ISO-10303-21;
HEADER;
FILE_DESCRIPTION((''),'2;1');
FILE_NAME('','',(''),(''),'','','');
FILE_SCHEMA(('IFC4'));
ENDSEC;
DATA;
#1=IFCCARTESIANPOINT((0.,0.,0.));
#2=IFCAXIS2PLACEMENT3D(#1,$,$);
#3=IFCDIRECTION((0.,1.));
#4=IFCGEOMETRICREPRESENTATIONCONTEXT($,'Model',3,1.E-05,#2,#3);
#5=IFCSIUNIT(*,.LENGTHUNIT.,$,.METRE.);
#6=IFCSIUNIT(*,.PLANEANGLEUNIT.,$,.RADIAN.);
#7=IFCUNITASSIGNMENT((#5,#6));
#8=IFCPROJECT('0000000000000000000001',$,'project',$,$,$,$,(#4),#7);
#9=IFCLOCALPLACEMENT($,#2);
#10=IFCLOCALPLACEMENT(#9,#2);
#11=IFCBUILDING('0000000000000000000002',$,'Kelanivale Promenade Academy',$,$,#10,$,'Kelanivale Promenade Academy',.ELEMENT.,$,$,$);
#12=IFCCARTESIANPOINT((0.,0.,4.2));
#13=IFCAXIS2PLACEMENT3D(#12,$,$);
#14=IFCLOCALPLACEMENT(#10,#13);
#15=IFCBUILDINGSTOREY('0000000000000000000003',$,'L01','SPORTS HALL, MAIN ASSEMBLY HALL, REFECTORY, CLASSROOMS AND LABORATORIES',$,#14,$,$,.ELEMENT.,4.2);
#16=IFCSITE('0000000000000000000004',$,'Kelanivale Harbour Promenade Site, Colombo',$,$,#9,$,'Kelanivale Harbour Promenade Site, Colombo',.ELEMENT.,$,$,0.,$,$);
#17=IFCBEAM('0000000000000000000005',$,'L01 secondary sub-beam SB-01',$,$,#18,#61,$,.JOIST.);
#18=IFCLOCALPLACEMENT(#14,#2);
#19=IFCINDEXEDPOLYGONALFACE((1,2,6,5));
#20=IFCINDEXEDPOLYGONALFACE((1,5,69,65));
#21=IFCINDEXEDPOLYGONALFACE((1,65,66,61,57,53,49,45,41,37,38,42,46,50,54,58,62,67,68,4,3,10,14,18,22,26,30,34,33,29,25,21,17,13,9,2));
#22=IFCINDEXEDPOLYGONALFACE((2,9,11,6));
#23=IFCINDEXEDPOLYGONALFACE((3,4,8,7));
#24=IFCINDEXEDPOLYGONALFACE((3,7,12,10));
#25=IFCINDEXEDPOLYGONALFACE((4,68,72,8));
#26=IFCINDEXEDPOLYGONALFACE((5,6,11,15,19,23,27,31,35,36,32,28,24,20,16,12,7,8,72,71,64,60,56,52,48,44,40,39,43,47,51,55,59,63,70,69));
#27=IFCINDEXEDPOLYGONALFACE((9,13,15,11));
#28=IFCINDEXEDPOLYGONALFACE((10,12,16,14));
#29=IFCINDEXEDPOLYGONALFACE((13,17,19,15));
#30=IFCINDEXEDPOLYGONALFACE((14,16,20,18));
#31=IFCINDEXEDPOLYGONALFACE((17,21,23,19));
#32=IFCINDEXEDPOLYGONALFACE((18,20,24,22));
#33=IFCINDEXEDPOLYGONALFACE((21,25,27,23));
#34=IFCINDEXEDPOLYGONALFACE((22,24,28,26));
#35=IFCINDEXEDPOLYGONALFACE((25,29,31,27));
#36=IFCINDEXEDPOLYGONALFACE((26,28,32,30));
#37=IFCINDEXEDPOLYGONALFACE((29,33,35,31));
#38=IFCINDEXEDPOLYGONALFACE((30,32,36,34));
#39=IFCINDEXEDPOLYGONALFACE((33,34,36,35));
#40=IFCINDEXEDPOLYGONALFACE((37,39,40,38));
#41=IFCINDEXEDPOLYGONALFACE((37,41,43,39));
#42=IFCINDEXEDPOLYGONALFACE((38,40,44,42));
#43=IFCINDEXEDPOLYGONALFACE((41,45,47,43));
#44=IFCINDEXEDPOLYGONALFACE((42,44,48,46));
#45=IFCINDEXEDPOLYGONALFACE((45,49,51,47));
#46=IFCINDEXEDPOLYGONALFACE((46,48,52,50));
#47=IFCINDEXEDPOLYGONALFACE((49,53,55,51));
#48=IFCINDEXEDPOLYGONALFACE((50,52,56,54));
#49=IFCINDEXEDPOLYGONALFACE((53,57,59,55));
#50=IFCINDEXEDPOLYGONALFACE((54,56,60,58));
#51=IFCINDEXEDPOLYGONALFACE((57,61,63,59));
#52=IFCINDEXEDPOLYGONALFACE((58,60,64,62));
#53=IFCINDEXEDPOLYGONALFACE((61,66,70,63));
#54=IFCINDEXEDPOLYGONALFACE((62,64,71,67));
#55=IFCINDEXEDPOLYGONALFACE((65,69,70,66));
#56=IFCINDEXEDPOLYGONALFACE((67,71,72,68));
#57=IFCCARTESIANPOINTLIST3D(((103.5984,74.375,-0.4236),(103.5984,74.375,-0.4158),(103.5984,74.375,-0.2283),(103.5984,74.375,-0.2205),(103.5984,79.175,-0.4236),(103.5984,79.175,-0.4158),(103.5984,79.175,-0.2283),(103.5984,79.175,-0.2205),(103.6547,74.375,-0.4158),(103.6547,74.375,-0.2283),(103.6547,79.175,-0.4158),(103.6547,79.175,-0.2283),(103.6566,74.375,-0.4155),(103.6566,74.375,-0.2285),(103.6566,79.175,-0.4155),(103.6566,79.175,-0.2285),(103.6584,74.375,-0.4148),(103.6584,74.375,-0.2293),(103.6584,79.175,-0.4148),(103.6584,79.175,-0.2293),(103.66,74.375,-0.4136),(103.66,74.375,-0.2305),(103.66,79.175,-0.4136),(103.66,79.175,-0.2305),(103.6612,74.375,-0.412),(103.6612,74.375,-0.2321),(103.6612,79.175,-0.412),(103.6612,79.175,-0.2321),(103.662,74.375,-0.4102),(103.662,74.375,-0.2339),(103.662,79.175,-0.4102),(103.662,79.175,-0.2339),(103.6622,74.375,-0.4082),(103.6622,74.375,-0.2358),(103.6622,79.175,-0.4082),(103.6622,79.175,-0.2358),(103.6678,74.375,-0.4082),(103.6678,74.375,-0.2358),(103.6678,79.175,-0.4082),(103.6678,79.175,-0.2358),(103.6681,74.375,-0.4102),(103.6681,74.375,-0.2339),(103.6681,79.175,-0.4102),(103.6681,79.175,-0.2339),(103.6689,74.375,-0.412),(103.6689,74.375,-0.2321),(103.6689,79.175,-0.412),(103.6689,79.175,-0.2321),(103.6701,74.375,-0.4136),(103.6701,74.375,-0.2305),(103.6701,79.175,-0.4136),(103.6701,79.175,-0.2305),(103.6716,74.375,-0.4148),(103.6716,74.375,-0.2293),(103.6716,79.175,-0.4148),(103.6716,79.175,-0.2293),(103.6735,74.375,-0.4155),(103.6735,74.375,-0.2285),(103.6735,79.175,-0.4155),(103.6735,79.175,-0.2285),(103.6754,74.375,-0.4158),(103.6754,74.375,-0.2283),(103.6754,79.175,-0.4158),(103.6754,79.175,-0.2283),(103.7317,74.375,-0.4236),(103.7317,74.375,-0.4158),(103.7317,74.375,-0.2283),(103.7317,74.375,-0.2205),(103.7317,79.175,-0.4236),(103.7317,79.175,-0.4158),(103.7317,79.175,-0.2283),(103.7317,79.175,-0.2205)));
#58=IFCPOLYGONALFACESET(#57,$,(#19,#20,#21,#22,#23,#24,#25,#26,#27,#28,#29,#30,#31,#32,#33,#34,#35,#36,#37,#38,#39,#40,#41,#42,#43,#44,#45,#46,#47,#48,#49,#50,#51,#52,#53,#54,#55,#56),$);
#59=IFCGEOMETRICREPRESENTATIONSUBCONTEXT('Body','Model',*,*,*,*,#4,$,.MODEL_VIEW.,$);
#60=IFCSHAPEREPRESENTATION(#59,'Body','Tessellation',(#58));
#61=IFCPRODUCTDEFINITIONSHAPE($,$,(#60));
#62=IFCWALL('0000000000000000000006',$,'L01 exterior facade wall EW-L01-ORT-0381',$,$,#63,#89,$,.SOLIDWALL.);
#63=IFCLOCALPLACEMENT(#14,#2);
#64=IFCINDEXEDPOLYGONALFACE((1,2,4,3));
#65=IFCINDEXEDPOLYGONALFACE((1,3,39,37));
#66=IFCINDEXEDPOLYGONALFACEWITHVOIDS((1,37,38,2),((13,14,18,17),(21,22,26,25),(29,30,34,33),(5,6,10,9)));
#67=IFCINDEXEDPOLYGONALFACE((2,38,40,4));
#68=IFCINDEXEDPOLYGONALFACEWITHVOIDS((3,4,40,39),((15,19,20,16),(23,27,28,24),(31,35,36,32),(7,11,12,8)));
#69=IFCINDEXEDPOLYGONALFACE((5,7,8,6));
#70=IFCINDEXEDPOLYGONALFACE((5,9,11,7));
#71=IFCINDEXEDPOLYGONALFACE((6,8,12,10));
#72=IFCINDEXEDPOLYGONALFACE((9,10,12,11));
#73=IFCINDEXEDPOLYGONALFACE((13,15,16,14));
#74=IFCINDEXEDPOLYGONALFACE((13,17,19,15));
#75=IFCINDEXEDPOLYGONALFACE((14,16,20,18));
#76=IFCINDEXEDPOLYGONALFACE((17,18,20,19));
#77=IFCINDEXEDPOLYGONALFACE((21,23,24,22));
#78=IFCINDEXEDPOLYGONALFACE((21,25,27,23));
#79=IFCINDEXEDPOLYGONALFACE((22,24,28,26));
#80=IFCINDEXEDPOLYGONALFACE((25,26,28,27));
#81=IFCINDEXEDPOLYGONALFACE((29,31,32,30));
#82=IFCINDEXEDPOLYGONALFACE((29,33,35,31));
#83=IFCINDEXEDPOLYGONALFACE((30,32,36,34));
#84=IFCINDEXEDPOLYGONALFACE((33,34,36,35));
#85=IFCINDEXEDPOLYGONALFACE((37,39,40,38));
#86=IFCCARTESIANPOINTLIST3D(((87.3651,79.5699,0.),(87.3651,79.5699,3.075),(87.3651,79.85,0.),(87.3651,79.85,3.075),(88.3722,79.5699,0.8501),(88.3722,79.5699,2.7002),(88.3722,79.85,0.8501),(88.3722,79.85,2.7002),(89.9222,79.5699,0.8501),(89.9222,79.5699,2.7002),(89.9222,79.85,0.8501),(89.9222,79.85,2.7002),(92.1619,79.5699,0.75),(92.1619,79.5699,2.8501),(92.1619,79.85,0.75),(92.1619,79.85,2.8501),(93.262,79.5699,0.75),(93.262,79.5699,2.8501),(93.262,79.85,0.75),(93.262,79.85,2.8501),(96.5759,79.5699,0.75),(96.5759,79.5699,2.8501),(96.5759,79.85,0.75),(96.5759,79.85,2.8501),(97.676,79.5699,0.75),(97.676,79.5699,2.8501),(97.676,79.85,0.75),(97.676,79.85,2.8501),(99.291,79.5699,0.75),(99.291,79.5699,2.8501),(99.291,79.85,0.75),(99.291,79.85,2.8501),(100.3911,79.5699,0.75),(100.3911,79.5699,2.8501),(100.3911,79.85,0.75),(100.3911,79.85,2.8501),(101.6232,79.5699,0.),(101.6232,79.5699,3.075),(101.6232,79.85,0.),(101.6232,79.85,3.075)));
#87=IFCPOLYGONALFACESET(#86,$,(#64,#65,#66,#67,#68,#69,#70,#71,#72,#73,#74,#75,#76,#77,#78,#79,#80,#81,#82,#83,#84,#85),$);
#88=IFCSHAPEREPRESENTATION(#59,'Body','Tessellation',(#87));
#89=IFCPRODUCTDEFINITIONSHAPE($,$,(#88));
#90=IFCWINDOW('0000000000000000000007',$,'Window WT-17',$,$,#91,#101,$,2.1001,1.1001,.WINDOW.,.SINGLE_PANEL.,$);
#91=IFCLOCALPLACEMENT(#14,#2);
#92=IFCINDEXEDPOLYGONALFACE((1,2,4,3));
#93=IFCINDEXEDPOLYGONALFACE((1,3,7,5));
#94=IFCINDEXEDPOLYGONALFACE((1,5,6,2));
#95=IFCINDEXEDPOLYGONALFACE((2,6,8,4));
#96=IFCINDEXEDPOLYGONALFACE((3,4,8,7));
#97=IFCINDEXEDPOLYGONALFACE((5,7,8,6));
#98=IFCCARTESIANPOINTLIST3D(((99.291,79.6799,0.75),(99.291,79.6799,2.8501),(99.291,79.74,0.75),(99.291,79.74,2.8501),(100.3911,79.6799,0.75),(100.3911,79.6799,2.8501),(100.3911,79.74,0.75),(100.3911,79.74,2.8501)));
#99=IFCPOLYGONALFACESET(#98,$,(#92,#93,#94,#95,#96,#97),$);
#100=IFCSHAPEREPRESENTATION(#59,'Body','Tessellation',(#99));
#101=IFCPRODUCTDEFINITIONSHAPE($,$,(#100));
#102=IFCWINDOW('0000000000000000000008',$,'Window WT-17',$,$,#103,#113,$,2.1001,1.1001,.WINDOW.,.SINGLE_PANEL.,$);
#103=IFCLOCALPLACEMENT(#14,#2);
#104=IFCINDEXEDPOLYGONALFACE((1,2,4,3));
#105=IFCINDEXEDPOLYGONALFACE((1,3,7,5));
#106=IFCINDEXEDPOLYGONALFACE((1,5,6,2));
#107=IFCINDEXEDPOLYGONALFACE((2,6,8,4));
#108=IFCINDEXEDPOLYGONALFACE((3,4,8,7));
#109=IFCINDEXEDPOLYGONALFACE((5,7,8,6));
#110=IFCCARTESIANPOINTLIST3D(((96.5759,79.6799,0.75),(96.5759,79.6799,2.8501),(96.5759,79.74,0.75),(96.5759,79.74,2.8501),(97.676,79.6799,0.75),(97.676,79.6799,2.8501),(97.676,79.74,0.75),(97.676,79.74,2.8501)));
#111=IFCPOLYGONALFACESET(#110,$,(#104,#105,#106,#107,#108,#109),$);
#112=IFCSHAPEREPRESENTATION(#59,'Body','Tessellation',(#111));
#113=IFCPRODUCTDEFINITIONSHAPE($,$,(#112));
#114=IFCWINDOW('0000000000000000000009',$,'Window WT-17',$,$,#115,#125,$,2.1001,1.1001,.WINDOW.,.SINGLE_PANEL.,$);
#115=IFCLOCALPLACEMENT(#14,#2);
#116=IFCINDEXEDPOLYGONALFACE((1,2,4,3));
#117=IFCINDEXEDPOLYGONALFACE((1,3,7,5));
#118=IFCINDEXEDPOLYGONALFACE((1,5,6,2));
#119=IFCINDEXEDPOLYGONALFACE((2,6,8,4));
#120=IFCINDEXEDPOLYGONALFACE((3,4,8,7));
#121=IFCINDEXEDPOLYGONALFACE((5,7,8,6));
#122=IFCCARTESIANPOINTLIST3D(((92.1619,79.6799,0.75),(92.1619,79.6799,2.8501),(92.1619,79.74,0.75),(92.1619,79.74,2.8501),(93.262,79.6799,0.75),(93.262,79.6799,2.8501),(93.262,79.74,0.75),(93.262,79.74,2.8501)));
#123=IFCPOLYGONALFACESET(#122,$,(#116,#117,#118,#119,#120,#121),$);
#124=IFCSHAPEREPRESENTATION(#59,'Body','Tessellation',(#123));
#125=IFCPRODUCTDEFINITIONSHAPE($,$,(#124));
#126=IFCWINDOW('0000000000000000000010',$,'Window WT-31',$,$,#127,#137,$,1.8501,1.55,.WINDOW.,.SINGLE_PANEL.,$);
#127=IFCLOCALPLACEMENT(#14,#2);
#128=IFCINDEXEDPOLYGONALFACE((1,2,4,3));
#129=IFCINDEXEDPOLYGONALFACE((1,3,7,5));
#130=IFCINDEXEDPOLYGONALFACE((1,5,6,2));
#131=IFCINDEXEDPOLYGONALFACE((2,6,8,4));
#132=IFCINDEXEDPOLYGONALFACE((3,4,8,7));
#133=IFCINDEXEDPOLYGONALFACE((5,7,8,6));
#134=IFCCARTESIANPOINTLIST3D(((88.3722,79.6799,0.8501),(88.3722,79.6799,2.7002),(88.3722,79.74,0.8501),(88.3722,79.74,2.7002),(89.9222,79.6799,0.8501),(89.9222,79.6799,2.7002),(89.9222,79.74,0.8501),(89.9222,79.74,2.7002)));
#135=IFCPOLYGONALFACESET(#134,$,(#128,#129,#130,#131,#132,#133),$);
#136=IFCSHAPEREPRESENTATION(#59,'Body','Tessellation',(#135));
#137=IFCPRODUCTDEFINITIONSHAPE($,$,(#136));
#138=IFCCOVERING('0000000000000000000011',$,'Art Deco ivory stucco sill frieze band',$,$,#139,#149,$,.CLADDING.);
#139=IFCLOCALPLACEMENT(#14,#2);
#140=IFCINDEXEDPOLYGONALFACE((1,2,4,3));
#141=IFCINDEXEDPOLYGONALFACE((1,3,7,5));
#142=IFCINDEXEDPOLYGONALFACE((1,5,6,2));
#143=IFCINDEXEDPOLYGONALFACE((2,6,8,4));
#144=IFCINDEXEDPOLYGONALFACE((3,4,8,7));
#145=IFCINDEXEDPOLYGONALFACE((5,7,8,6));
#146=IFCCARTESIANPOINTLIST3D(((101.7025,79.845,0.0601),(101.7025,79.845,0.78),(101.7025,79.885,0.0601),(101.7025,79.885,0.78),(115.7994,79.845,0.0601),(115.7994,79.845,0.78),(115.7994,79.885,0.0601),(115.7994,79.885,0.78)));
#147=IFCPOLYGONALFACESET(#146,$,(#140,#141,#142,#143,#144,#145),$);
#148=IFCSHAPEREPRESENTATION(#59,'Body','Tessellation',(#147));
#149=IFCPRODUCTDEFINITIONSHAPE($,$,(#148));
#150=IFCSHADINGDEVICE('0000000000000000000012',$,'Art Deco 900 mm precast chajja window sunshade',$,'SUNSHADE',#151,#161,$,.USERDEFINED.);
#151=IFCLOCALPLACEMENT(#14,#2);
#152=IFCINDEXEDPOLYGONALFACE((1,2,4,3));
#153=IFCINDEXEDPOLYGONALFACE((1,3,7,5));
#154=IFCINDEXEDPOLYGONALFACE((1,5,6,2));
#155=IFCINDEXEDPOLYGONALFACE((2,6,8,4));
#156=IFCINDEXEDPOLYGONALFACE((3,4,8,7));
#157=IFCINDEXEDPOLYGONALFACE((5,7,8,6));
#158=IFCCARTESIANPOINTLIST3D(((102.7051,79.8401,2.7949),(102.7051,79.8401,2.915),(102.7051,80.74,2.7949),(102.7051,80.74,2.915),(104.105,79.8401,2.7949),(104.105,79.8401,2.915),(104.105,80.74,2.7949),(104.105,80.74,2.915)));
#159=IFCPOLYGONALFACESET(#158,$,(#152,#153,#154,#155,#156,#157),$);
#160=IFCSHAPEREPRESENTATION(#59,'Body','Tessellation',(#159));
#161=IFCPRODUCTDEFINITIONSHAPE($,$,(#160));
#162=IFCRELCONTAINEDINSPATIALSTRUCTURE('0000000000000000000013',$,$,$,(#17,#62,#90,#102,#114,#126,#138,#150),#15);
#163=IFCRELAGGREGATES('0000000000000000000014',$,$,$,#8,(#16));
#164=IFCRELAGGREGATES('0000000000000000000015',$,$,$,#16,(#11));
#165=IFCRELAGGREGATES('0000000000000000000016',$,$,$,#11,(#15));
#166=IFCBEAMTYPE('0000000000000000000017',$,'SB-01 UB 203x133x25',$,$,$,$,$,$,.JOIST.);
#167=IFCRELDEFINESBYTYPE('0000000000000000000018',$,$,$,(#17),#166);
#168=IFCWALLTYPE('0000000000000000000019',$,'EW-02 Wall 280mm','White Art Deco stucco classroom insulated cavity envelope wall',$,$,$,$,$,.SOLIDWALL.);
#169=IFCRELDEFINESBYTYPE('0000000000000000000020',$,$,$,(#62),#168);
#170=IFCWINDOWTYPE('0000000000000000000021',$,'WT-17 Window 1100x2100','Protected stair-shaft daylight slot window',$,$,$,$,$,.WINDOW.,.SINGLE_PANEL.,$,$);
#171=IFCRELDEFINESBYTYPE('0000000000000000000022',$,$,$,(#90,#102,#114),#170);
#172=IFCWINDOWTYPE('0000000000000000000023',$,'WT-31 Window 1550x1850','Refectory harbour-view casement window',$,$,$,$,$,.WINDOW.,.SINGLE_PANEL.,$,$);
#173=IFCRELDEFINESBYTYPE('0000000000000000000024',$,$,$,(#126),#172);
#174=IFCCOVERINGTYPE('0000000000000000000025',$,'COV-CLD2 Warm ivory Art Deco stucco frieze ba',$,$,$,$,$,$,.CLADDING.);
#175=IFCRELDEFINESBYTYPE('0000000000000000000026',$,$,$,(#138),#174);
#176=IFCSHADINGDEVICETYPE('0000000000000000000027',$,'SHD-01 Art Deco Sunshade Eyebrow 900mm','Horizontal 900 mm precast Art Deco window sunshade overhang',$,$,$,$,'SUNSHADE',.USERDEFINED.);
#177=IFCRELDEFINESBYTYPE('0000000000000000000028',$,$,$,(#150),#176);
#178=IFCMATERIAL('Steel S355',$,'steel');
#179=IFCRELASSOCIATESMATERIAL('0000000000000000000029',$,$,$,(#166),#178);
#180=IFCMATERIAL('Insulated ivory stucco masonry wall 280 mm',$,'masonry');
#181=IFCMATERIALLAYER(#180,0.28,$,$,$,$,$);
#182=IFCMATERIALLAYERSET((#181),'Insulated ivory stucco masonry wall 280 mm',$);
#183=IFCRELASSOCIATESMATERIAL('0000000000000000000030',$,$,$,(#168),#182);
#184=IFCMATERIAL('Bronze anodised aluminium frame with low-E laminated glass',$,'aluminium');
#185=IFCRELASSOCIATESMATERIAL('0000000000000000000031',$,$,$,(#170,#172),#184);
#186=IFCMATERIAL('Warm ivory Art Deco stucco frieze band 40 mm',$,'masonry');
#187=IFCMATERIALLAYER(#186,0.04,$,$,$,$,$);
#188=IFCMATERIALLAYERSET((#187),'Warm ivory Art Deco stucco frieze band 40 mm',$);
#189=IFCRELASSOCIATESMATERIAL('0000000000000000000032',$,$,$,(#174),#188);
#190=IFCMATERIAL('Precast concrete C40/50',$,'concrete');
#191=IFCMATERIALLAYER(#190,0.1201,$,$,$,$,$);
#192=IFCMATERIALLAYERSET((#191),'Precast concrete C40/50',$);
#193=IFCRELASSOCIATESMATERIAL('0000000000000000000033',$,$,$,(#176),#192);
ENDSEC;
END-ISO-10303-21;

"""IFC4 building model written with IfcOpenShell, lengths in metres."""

from ifc_helpers import new_model, si_unit, direction, frame, frame_2d, origin, origin_2d, place, context, subcontext, project, spatial, rectangle, i_section, extrude, material, layer, layer_set, material_profile, profile_set, type_object, element, fill, save


model = new_model("IFC4")

# Units and contexts
model_context = context("Model", 3, precision=1e-05, world=origin(), true_north=direction((0.0, 1.0)))
body_context = subcontext(model_context, "Body", "Model", "MODEL_VIEW")
ifc_project = project(units=[si_unit("LENGTHUNIT", "METRE"), si_unit("PLANEANGLEUNIT", "RADIAN")], contexts=[model_context])

# Site, building, storey
site_placement = place(None, origin())
site = spatial("IfcSite", under=ifc_project, at=site_placement, Name="Kelanivale Harbour Promenade Site, Colombo", LongName="Kelanivale Harbour Promenade Site, Colombo", CompositionType="ELEMENT", RefElevation=0.0)
building_placement = place(site_placement, origin())
building = spatial("IfcBuilding", under=site, at=building_placement, Name="Kelanivale Promenade Academy", LongName="Kelanivale Promenade Academy", CompositionType="ELEMENT")
storey_placement = place(building_placement, frame((0.0, 0.0, 4.2)))
storey = spatial("IfcBuildingStorey", under=building, at=storey_placement, Name="L01", Description="SPORTS HALL, MAIN ASSEMBLY HALL, REFECTORY, CLASSROOMS AND LABORATORIES", CompositionType="ELEMENT", Elevation=4.2)

# Beam
ifc_material_1 = material(Name="Steel S355", Category="steel")
ifc_material_profile_1 = material_profile(ifc_material_1, i_section(OverallWidth=0.1333, OverallDepth=0.2031, WebThickness=0.0056, FlangeThickness=0.0078, FilletRadius=0.0076, at=origin_2d()), Name="UB 203x133x25")
ifc_profile_set_1 = profile_set([ifc_material_profile_1], Name="Steel S355")
beam_type_1 = type_object("IfcBeamType", Name="SB-01 UB 203x133x25", PredefinedType="JOIST", material=ifc_profile_set_1)
beam_1_placement = place(storey_placement, frame((103.665, 74.375, -0.322), z_axis=(0.0, 1.0, 0.0), x_axis=(-1.0, 0.0, 0.0)))
element("IfcBeam", 1, at=beam_1_placement, inside=storey, type_object=beam_type_1, Name="L01 secondary sub-beam SB-01", PredefinedType="JOIST", context=body_context, shape_type="SweptSolid", body=[
    extrude(i_section(OverallWidth=0.1333, OverallDepth=0.2031, WebThickness=0.0056, FlangeThickness=0.0078, FilletRadius=0.0076, at=origin_2d()), origin(), (0.0, 0.0, 1.0), 4.8),
])

# Wall, openings, windows
ifc_material_2 = material(Name="Insulated ivory stucco masonry wall 280 mm", Category="masonry")
ifc_layer_1 = layer(ifc_material_2, 0.28)
ifc_layer_set_1 = layer_set([ifc_layer_1], Name="Insulated ivory stucco masonry wall 280 mm")
wall_type = type_object("IfcWallType", Name="EW-02 Wall 280mm", Description="White Art Deco stucco classroom insulated cavity envelope wall", PredefinedType="SOLIDWALL", material=ifc_layer_set_1)
wall_placement = place(storey_placement, frame((101.623, 79.71, 0.0), z_axis=(0.0, 0.0, 1.0), x_axis=(-1.0, 0.0, 0.0)))
wall = element("IfcWall", 2, at=wall_placement, inside=storey, type_object=wall_type, Name="L01 exterior facade wall EW-L01-ORT-0381", PredefinedType="SOLIDWALL", context=body_context, shape_type="SweptSolid", body=[
    extrude(rectangle(XDim=14.2581, YDim=0.28, at=frame_2d((7.1289, 0.0))), origin(), (0.0, 0.0, 1.0), 3.075),
])
opening_1_placement = place(wall_placement, frame((1.2319, 0.0, 0.75)))
opening_1 = element("IfcOpeningElement", 3, at=opening_1_placement, cuts=wall, PredefinedType="OPENING", context=body_context, shape_type="SweptSolid", body=[
    extrude(rectangle(XDim=1.1001, YDim=2.1001, at=frame_2d((0.55, 1.05))), frame((0.0, 0.1499, 0.0), z_axis=(0.0, -1.0, 0.0), x_axis=(1.0, 0.0, 0.0)), (0.0, 0.0, 1.0), 0.3),
])
opening_2_placement = place(wall_placement, frame((3.947, 0.0, 0.75)))
opening_2 = element("IfcOpeningElement", 4, at=opening_2_placement, cuts=wall, PredefinedType="OPENING", context=body_context, shape_type="SweptSolid", body=[
    extrude(rectangle(XDim=1.1001, YDim=2.1001, at=frame_2d((0.55, 1.05))), frame((0.0, 0.1499, 0.0), z_axis=(0.0, -1.0, 0.0), x_axis=(1.0, 0.0, 0.0)), (0.0, 0.0, 1.0), 0.3),
])
opening_3_placement = place(wall_placement, frame((8.3611, 0.0, 0.75)))
opening_3 = element("IfcOpeningElement", 5, at=opening_3_placement, cuts=wall, PredefinedType="OPENING", context=body_context, shape_type="SweptSolid", body=[
    extrude(rectangle(XDim=1.1001, YDim=2.1001, at=frame_2d((0.55, 1.05))), frame((0.0, 0.1499, 0.0), z_axis=(0.0, -1.0, 0.0), x_axis=(1.0, 0.0, 0.0)), (0.0, 0.0, 1.0), 0.3),
])
opening_4_placement = place(wall_placement, frame((11.7009, 0.0, 0.8501)))
opening_4 = element("IfcOpeningElement", 6, at=opening_4_placement, cuts=wall, PredefinedType="OPENING", context=body_context, shape_type="SweptSolid", body=[
    extrude(rectangle(XDim=1.55, YDim=1.8501, at=frame_2d((0.7749, 0.925))), frame((0.0, 0.1499, 0.0), z_axis=(0.0, -1.0, 0.0), x_axis=(1.0, 0.0, 0.0)), (0.0, 0.0, 1.0), 0.3),
])
ifc_material_3 = material(Name="Bronze anodised aluminium frame with low-E laminated glass", Category="aluminium")
window_type_1 = type_object("IfcWindowType", Name="WT-17 Window 1100x2100", Description="Protected stair-shaft daylight slot window", PartitioningType="SINGLE_PANEL", PredefinedType="WINDOW", material=ifc_material_3)
window_1_placement = place(opening_1_placement, origin())
window_1 = element("IfcWindow", 7, at=window_1_placement, inside=storey, type_object=window_type_1, Name="Window WT-17", OverallHeight=2.1001, OverallWidth=1.1001, PartitioningType="SINGLE_PANEL", PredefinedType="WINDOW", context=body_context, shape_type="SweptSolid", body=[
    extrude(rectangle(XDim=1.1001, YDim=2.1001, at=frame_2d((0.55, 1.05))), frame((0.0, 0.03, 0.0), z_axis=(0.0, -1.0, 0.0), x_axis=(1.0, 0.0, 0.0)), (0.0, 0.0, 1.0), 0.0601),
])
fill(opening_1, window_1)
window_2_placement = place(opening_2_placement, origin())
window_2 = element("IfcWindow", 8, at=window_2_placement, inside=storey, type_object=window_type_1, Name="Window WT-17", OverallHeight=2.1001, OverallWidth=1.1001, PartitioningType="SINGLE_PANEL", PredefinedType="WINDOW", context=body_context, shape_type="SweptSolid", body=[
    extrude(rectangle(XDim=1.1001, YDim=2.1001, at=frame_2d((0.55, 1.05))), frame((0.0, 0.03, 0.0), z_axis=(0.0, -1.0, 0.0), x_axis=(1.0, 0.0, 0.0)), (0.0, 0.0, 1.0), 0.0601),
])
fill(opening_2, window_2)
window_3_placement = place(opening_3_placement, origin())
window_3 = element("IfcWindow", 9, at=window_3_placement, inside=storey, type_object=window_type_1, Name="Window WT-17", OverallHeight=2.1001, OverallWidth=1.1001, PartitioningType="SINGLE_PANEL", PredefinedType="WINDOW", context=body_context, shape_type="SweptSolid", body=[
    extrude(rectangle(XDim=1.1001, YDim=2.1001, at=frame_2d((0.55, 1.05))), frame((0.0, 0.03, 0.0), z_axis=(0.0, -1.0, 0.0), x_axis=(1.0, 0.0, 0.0)), (0.0, 0.0, 1.0), 0.0601),
])
fill(opening_3, window_3)
window_type_2 = type_object("IfcWindowType", Name="WT-31 Window 1550x1850", Description="Refectory harbour-view casement window", PartitioningType="SINGLE_PANEL", PredefinedType="WINDOW", material=ifc_material_3)
window_4_placement = place(opening_4_placement, origin())
window_4 = element("IfcWindow", 10, at=window_4_placement, inside=storey, type_object=window_type_2, Name="Window WT-31", OverallHeight=1.8501, OverallWidth=1.55, PartitioningType="SINGLE_PANEL", PredefinedType="WINDOW", context=body_context, shape_type="SweptSolid", body=[
    extrude(rectangle(XDim=1.55, YDim=1.8501, at=frame_2d((0.7749, 0.925))), frame((0.0, 0.03, 0.0), z_axis=(0.0, -1.0, 0.0), x_axis=(1.0, 0.0, 0.0)), (0.0, 0.0, 1.0), 0.0601),
])
fill(opening_4, window_4)

# Covering
ifc_material_4 = material(Name="Warm ivory Art Deco stucco frieze band 40 mm", Category="masonry")
ifc_layer_2 = layer(ifc_material_4, 0.04)
ifc_layer_set_2 = layer_set([ifc_layer_2], Name="Warm ivory Art Deco stucco frieze band 40 mm")
covering_type = type_object("IfcCoveringType", Name="COV-CLD2 Warm ivory Art Deco stucco frieze ba", PredefinedType="CLADDING", material=ifc_layer_set_2)
covering_placement = place(storey_placement, frame((108.751, 79.865, 0.0601), z_axis=(0.0, 0.0, 1.0), x_axis=(-1.0, 0.0, 0.0)))
element("IfcCovering", 11, at=covering_placement, inside=storey, type_object=covering_type, Name="Art Deco ivory stucco sill frieze band", PredefinedType="CLADDING", context=body_context, shape_type="SweptSolid", body=[
    extrude(rectangle(XDim=14.0969, YDim=0.04, at=origin_2d()), origin(), (0.0, 0.0, 1.0), 0.72),
])

# Shading device
ifc_material_5 = material(Name="Precast concrete C40/50", Category="concrete")
ifc_layer_3 = layer(ifc_material_5, 0.1201)
ifc_layer_set_3 = layer_set([ifc_layer_3], Name="Precast concrete C40/50")
shading_device_type_1 = type_object("IfcShadingDeviceType", Name="SHD-01 Art Deco Sunshade Eyebrow 900mm", Description="Horizontal 900 mm precast Art Deco window sunshade overhang", ElementType="SUNSHADE", PredefinedType="USERDEFINED", material=ifc_layer_set_3)
shading_device_1_placement = place(storey_placement, frame((103.405, 80.29, 2.7949), z_axis=(0.0, 0.0, 1.0), x_axis=(-1.0, 0.0, 0.0)))
element("IfcShadingDevice", 12, at=shading_device_1_placement, inside=storey, type_object=shading_device_type_1, Name="Art Deco 900 mm precast chajja window sunshade", ObjectType="SUNSHADE", PredefinedType="USERDEFINED", context=body_context, shape_type="SweptSolid", body=[
    extrude(rectangle(XDim=1.3999, YDim=0.8999, at=origin_2d()), origin(), (0.0, 0.0, 1.0), 0.1201),
])

save(model, "model.ifc")
